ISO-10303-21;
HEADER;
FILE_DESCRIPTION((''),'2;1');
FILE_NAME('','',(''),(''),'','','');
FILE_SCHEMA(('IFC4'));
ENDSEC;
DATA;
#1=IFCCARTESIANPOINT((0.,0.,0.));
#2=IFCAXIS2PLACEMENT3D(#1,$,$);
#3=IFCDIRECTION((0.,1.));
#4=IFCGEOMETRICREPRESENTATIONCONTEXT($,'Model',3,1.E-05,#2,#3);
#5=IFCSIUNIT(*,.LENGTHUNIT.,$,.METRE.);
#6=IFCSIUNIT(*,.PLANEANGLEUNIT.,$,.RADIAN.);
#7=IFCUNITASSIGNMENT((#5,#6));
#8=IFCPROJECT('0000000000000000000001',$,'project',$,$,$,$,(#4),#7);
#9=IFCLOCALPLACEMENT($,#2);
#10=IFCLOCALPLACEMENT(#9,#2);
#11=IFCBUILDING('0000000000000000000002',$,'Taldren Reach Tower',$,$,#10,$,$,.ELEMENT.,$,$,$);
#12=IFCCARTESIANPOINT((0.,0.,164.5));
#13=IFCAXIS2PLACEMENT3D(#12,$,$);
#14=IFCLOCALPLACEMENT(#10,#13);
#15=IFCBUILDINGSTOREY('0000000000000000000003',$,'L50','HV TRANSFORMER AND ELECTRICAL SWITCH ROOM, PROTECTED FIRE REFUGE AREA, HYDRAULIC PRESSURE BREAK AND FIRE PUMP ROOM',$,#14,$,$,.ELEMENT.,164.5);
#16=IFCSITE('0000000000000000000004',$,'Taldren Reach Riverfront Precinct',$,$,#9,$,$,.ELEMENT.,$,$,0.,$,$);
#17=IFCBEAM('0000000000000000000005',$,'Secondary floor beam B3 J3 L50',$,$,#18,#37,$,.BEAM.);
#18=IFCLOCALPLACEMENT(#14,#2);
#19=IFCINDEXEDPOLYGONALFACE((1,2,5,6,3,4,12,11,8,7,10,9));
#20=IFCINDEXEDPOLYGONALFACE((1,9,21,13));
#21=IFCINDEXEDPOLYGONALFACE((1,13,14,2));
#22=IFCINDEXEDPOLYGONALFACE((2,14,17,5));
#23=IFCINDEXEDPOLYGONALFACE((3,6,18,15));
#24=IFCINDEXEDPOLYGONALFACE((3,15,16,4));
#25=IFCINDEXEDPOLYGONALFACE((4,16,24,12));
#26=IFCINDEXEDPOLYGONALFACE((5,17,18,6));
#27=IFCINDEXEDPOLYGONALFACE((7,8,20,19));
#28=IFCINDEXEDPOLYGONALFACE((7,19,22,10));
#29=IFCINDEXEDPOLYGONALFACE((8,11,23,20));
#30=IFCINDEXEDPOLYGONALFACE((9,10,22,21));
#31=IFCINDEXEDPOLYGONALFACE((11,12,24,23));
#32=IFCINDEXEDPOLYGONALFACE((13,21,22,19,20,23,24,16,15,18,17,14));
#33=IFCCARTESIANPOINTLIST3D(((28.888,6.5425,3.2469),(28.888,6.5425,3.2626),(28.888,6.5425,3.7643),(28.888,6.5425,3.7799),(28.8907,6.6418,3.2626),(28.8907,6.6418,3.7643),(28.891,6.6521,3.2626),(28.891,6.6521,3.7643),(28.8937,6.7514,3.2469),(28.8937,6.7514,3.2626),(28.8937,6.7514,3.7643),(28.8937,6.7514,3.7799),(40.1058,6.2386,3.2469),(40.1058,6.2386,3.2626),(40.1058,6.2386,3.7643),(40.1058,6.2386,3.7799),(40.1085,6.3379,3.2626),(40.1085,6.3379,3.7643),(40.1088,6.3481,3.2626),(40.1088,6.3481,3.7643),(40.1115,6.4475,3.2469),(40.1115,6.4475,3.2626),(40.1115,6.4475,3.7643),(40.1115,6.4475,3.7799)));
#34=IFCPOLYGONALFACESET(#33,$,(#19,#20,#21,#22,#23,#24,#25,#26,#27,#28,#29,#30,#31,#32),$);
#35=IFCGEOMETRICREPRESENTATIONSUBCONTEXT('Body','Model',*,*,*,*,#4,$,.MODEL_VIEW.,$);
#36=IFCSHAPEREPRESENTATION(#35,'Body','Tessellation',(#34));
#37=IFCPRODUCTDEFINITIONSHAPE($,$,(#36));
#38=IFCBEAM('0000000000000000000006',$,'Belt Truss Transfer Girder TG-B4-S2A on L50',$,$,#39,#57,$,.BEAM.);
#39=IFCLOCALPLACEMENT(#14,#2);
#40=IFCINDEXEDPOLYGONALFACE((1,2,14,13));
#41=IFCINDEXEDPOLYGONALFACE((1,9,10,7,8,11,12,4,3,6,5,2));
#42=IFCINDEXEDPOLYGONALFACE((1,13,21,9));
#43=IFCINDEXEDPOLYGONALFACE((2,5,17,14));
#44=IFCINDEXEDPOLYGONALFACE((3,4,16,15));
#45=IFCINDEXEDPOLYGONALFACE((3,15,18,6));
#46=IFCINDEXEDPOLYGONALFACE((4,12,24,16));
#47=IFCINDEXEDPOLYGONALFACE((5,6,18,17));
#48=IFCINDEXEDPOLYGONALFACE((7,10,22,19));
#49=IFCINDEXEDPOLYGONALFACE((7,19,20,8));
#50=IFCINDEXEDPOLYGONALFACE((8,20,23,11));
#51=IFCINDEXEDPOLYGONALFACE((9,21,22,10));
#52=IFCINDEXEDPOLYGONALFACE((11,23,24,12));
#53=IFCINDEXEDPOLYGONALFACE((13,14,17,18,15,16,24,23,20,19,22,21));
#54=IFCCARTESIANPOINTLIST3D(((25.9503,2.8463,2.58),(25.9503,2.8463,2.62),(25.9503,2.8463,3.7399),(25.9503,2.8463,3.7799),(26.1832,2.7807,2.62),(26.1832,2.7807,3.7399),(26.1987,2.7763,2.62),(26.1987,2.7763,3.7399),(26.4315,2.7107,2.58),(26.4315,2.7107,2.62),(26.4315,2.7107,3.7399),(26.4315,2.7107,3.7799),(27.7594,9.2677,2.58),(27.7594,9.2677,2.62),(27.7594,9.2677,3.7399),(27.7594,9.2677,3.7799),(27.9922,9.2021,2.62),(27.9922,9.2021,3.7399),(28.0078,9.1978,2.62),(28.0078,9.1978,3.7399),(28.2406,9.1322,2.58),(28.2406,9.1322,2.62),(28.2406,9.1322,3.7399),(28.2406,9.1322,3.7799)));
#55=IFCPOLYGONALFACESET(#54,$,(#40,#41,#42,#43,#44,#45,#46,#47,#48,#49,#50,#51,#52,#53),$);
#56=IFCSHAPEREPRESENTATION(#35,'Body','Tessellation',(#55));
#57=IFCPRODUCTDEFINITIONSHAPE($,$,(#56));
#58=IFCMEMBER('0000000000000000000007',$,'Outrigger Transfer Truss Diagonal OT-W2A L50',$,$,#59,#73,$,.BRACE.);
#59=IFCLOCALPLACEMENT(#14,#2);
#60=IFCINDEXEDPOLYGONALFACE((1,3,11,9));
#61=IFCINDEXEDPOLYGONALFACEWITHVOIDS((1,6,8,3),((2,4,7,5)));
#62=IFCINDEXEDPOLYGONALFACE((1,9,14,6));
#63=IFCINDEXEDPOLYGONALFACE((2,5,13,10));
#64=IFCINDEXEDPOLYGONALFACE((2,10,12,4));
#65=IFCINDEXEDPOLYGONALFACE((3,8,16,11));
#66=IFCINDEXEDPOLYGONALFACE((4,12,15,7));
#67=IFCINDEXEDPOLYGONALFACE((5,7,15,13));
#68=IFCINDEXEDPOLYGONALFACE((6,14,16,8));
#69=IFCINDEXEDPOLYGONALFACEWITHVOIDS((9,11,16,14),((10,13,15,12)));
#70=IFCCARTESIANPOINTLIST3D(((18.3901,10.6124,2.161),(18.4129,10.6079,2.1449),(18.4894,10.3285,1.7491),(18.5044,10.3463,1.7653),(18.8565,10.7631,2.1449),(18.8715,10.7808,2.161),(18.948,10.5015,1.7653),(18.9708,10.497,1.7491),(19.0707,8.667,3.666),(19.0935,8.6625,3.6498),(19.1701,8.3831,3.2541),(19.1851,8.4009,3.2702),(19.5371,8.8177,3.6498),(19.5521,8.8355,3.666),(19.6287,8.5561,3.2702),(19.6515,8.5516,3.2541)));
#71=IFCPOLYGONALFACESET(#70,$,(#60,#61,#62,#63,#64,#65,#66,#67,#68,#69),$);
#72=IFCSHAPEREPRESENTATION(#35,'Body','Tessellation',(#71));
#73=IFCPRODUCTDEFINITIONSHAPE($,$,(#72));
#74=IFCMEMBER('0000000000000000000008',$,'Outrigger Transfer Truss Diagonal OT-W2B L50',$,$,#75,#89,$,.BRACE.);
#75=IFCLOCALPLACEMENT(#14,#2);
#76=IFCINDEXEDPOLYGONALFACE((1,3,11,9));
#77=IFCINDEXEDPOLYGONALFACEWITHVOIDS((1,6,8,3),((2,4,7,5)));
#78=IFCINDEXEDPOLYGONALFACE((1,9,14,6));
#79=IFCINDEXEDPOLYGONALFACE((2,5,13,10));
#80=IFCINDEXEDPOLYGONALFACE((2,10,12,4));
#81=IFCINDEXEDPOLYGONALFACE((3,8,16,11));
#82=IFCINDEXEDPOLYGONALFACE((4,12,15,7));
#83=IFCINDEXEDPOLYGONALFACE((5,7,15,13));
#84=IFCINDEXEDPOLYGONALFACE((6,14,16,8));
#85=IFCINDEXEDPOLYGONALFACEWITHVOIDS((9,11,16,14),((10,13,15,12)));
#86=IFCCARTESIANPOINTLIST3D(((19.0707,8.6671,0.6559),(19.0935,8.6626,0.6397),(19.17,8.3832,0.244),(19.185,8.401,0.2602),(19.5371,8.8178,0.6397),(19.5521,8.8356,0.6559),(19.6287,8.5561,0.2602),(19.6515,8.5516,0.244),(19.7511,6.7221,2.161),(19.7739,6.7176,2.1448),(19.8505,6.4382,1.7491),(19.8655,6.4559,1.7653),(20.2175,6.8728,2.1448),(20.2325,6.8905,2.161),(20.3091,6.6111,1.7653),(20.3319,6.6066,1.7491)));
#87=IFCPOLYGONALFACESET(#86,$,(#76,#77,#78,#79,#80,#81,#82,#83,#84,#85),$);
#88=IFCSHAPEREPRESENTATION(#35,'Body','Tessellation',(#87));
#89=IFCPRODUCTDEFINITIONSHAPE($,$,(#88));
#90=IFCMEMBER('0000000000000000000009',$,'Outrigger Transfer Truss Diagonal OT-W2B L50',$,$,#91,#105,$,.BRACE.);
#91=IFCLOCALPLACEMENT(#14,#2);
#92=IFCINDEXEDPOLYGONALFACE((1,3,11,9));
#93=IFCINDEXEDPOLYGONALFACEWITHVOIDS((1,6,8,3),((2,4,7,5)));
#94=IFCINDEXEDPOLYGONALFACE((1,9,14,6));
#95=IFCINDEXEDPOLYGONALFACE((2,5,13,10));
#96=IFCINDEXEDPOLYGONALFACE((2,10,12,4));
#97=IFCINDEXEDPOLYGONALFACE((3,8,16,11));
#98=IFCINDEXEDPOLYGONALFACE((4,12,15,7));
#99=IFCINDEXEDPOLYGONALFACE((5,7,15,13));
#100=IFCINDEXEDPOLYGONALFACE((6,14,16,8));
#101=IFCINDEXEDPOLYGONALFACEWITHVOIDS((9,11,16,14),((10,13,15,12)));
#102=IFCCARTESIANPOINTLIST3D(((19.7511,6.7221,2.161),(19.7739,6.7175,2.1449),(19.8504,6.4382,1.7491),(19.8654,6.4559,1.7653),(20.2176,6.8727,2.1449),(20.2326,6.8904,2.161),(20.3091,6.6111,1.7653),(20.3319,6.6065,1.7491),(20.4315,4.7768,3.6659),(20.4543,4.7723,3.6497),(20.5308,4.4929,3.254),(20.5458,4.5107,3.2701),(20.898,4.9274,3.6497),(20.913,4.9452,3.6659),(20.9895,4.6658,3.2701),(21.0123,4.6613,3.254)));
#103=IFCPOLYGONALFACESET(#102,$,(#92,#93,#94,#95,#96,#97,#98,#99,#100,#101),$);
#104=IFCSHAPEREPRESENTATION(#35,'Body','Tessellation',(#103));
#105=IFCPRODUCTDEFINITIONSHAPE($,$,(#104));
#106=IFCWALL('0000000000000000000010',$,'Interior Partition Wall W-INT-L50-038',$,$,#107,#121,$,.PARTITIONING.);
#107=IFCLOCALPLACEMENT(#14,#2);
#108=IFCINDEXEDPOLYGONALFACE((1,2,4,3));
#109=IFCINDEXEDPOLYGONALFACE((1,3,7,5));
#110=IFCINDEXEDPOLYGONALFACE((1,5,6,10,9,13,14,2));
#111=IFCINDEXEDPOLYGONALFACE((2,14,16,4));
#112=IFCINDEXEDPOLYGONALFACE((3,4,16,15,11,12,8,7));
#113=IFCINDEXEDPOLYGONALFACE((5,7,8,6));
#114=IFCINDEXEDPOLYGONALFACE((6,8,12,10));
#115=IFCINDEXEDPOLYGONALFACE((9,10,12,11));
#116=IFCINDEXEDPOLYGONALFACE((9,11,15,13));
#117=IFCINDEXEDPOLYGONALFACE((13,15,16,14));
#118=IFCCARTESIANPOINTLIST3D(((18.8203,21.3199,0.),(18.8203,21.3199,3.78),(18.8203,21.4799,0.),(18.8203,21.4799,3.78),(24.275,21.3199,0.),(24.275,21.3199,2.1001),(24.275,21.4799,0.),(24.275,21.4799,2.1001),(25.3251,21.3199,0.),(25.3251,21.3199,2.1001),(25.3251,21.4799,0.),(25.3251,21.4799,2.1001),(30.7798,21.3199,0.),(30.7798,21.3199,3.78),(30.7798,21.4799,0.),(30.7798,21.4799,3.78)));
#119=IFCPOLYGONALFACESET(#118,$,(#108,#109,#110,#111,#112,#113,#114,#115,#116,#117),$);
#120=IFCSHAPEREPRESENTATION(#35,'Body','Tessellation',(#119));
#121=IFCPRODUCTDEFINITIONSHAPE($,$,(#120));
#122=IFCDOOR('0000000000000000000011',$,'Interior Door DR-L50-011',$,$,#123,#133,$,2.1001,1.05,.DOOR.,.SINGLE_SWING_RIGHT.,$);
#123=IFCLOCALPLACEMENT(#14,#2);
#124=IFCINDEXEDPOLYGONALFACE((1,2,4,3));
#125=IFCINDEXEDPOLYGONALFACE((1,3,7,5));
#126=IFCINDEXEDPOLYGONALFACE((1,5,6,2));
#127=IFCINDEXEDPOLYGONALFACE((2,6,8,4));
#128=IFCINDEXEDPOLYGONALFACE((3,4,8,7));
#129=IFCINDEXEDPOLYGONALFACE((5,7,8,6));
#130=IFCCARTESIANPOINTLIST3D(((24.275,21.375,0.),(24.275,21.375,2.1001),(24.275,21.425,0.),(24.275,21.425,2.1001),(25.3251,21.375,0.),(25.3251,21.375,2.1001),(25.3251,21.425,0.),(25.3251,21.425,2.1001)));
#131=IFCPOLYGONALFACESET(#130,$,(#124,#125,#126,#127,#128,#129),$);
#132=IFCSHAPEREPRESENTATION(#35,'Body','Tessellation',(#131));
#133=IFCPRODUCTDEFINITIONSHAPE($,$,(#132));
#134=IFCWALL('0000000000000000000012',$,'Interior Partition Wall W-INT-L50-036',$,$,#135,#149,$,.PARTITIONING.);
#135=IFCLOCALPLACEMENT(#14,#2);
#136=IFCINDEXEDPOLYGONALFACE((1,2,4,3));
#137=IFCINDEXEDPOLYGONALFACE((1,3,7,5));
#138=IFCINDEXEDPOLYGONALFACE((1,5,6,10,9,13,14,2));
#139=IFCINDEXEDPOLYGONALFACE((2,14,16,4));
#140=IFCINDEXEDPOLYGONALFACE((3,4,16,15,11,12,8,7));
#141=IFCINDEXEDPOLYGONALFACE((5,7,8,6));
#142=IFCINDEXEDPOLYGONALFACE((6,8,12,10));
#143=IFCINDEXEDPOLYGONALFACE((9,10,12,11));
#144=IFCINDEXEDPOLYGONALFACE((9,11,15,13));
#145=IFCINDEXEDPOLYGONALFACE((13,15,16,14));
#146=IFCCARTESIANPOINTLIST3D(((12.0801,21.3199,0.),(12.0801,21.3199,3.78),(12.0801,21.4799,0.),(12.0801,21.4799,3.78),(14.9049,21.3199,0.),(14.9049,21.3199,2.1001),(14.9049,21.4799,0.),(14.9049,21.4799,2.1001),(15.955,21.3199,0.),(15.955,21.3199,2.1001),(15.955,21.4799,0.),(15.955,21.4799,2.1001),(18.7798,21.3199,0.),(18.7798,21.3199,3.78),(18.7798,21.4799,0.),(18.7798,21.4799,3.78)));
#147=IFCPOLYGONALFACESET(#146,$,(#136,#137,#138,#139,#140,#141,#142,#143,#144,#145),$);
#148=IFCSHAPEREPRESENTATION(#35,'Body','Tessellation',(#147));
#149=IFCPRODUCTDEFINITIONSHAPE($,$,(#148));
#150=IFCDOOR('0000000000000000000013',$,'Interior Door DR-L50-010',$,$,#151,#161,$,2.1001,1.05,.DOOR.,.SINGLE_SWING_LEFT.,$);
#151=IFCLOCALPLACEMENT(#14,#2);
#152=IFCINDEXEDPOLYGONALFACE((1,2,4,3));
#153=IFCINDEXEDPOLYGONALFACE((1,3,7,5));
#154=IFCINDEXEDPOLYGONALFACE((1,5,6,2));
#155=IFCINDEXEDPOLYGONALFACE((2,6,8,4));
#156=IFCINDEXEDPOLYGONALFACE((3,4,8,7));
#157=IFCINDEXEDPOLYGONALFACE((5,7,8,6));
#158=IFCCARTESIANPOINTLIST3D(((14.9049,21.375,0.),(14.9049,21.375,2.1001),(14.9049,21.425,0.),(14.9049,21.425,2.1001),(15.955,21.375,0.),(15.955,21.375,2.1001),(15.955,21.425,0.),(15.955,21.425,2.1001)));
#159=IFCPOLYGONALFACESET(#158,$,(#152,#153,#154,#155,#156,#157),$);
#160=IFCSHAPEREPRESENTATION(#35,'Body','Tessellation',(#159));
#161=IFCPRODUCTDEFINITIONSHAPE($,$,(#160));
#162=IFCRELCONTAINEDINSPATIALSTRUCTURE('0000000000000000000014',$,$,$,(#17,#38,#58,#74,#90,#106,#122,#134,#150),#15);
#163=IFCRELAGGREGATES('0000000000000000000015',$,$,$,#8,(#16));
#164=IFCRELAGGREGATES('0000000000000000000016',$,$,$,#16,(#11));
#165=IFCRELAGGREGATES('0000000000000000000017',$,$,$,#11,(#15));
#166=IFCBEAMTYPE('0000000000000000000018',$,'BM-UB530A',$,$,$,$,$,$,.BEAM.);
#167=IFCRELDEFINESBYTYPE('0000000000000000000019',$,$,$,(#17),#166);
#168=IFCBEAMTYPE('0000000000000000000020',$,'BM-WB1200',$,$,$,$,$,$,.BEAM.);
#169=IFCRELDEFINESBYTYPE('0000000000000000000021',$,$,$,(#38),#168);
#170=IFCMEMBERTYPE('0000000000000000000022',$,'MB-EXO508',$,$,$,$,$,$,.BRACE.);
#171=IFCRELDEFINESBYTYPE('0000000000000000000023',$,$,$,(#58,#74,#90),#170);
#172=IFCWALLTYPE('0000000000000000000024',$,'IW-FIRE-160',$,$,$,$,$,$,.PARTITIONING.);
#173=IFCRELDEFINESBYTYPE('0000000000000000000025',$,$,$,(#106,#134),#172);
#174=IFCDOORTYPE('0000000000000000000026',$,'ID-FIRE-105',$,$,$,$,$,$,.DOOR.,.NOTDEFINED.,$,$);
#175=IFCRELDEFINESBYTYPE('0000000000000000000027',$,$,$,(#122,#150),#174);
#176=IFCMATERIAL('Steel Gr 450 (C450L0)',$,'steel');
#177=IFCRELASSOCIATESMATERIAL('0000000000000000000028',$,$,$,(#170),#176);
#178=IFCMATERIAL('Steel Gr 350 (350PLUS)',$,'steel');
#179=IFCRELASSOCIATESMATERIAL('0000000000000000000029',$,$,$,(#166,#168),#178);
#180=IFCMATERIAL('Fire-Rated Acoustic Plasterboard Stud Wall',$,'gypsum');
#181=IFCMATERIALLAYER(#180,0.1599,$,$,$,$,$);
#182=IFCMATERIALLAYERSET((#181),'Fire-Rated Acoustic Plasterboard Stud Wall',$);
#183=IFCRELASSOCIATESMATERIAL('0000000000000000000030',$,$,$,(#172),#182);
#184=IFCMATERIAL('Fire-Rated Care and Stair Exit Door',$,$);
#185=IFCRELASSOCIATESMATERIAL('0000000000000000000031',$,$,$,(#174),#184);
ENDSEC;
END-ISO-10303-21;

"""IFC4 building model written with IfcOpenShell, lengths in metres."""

from ifc_helpers import new_model, si_unit, direction, frame, frame_2d, origin, origin_2d, place, context, subcontext, project, spatial, rectangle, hollow_rectangle, i_section, extrude, source, transform, mapped, material, layer, layer_set, material_profile, profile_set, type_object, element, fill, save


model = new_model("IFC4")

# Units and contexts
model_context = context("Model", 3, precision=1e-05, world=origin(), true_north=direction((0.0, 1.0)))
body_context = subcontext(model_context, "Body", "Model", "MODEL_VIEW")
ifc_project = project(units=[si_unit("LENGTHUNIT", "METRE"), si_unit("PLANEANGLEUNIT", "RADIAN")], contexts=[model_context])

# Site, building, storey
site_placement = place(None, origin())
site = spatial("IfcSite", under=ifc_project, at=site_placement, Name="Taldren Reach Riverfront Precinct", CompositionType="ELEMENT", RefElevation=0.0)
building_placement = place(site_placement, origin())
building = spatial("IfcBuilding", under=site, at=building_placement, Name="Taldren Reach Tower", CompositionType="ELEMENT")
storey_placement = place(building_placement, frame((0.0, 0.0, 164.5)))
storey = spatial("IfcBuildingStorey", under=building, at=storey_placement, Name="L50", Description="HV TRANSFORMER AND ELECTRICAL SWITCH ROOM, PROTECTED FIRE REFUGE AREA, HYDRAULIC PRESSURE BREAK AND FIRE PUMP ROOM", CompositionType="ELEMENT", Elevation=164.5)

# Shared definitions
ifc_material_1 = material(Name="Steel Gr 350 (350PLUS)", Category="steel")

# Shared definitions
ifc_material_2 = material(Name="Steel Gr 450 (C450L0)", Category="steel")
ifc_material_profile_1 = material_profile(ifc_material_2, hollow_rectangle(XDim=0.51, YDim=0.51, WallThickness=0.02, at=origin_2d()), Name="510x510x20.0SHS")
ifc_profile_set_1 = profile_set([ifc_material_profile_1], Name="Steel Gr 450 (C450L0)")
member_type_1 = type_object("IfcMemberType", Name="MB-EXO508", PredefinedType="BRACE", material=ifc_profile_set_1)

# Beams
ifc_material_profile_2 = material_profile(ifc_material_1, i_section(OverallWidth=0.209, OverallDepth=0.533, WebThickness=0.0103, FlangeThickness=0.0156, at=origin_2d()), Name="530UB92.4")
ifc_profile_set_2 = profile_set([ifc_material_profile_2], Name="Steel Gr 350 (350PLUS)")
beam_type_1 = type_object("IfcBeamType", Name="BM-UB530A", PredefinedType="BEAM", material=ifc_profile_set_2)
shared_shape_1 = source(origin(), body_context, "Body", "SweptSolid", [
    extrude(i_section(OverallWidth=0.209, OverallDepth=0.533, WebThickness=0.0103, FlangeThickness=0.0156, at=origin_2d()), origin(), (0.0, 0.0, 1.0), 11.2219),
])
beam_1_placement = place(storey_placement, frame((28.8909, 6.647, 3.5134), z_axis=(0.999633, -0.027086, 0.0), x_axis=(0.027086, 0.999633, 0.0)))
element("IfcBeam", 1, at=beam_1_placement, inside=storey, type_object=beam_type_1, Name="Secondary floor beam B3 J3 L50", PredefinedType="BEAM", context=body_context, shape_type="MappedRepresentation", body=[
    mapped(shared_shape_1, transform((0.0, 0.0, 0.0), scale=1.0)),
])
ifc_material_profile_3 = material_profile(ifc_material_1, i_section(OverallWidth=0.5, OverallDepth=1.2, WebThickness=0.0161, FlangeThickness=0.04, at=origin_2d()), Name="1200WB455")
ifc_profile_set_3 = profile_set([ifc_material_profile_3], Name="Steel Gr 350 (350PLUS)")
beam_type_2 = type_object("IfcBeamType", Name="BM-WB1200", PredefinedType="BEAM", material=ifc_profile_set_3)
shared_shape_2 = source(origin(), body_context, "Body", "SweptSolid", [
    extrude(i_section(OverallWidth=0.5, OverallDepth=1.2, WebThickness=0.0161, FlangeThickness=0.04, at=origin_2d()), origin(), (0.0, 0.0, 1.0), 6.6714),
])
beam_2_placement = place(storey_placement, frame((28.0, 9.2, 3.1799), z_axis=(-0.271172, -0.962531, 0.0), x_axis=(0.962531, -0.271172, 0.0)))
element("IfcBeam", 2, at=beam_2_placement, inside=storey, type_object=beam_type_2, Name="Belt Truss Transfer Girder TG-B4-S2A on L50", PredefinedType="BEAM", context=body_context, shape_type="MappedRepresentation", body=[
    mapped(shared_shape_2, transform((0.0, 0.0, 0.0), scale=1.0)),
])

# Members
shared_shape_3 = source(origin(), body_context, "Body", "SweptSolid", [
    extrude(hollow_rectangle(XDim=0.51, YDim=0.51, WallThickness=0.02, at=origin_2d()), origin(), (0.0, 0.0, 1.0), 2.552),
])
member_1_placement = place(storey_placement, frame((18.6804, 10.5547, 1.9551), z_axis=(0.266728, -0.762298, 0.58971), x_axis=(0.943888, 0.330266, 0.0)))
element("IfcMember", 3, at=member_1_placement, inside=storey, type_object=member_type_1, Name="Outrigger Transfer Truss Diagonal OT-W2A L50", PredefinedType="BRACE", context=body_context, shape_type="MappedRepresentation", body=[
    mapped(shared_shape_3, transform((0.0, 0.0, 0.0), scale=1.0)),
])
shared_shape_4 = source(origin(), body_context, "Body", "SweptSolid", [
    extrude(hollow_rectangle(XDim=0.51, YDim=0.51, WallThickness=0.02, at=origin_2d()), origin(), (0.0, 0.0, 1.0), 2.5518),
])
for number, where, z_axis, x_axis, name in (
    (4, (19.3611, 8.6094, 0.45), (0.266643, -0.762235, 0.58983), (0.943912, 0.330197, 0.0), "Outrigger Transfer Truss Diagonal OT-W2B L50"),
    (5, (20.0415, 6.6643, 1.9551), (0.266639, -0.762318, 0.589725), (0.943925, 0.33016, 0.0), "Outrigger Transfer Truss Diagonal OT-W2B L50"),
):
    element("IfcMember", number, at=place(storey_placement, frame(where, z_axis=z_axis, x_axis=x_axis)), inside=storey, type_object=member_type_1, Name=name, PredefinedType="BRACE", context=body_context, shape_type="MappedRepresentation", body=[
        mapped(shared_shape_4, transform((0.0, 0.0, 0.0), scale=1.0)),
    ])

# Walls, openings, doors
ifc_material_3 = material(Name="Fire-Rated Acoustic Plasterboard Stud Wall", Category="gypsum")
ifc_layer = layer(ifc_material_3, 0.1599)
ifc_layer_set = layer_set([ifc_layer], Name="Fire-Rated Acoustic Plasterboard Stud Wall")
wall_type = type_object("IfcWallType", Name="IW-FIRE-160", PredefinedType="PARTITIONING", material=ifc_layer_set)
shared_shape_5 = source(origin(), body_context, "Body", "SweptSolid", [
    extrude(rectangle(XDim=11.9595, YDim=0.1599, at=frame_2d((5.9797, 0.0))), origin(), (0.0, 0.0, 1.0), 3.78),
])
wall_1_placement = place(storey_placement, frame((30.7798, 21.3999, 0.0), z_axis=(0.0, 0.0, 1.0), x_axis=(-1.0, 0.0, 0.0)))
wall_1 = element("IfcWall", 6, at=wall_1_placement, inside=storey, type_object=wall_type, Name="Interior Partition Wall W-INT-L50-038", PredefinedType="PARTITIONING", context=body_context, shape_type="MappedRepresentation", body=[
    mapped(shared_shape_5, transform((0.0, 0.0, 0.0), scale=1.0)),
])
shared_shape_6 = source(origin(), body_context, "Body", "SweptSolid", [
    extrude(rectangle(XDim=1.05, YDim=2.1001, at=frame_2d((0.5249, 1.05))), frame((0.0, 0.0898, 0.0), z_axis=(0.0, -1.0, 0.0), x_axis=(1.0, 0.0, 0.0)), (0.0, 0.0, 1.0), 0.1799),
])
opening_1_placement = place(wall_1_placement, frame((5.4548, 0.0, 0.0)))
opening_1 = element("IfcOpeningElement", 7, at=opening_1_placement, cuts=wall_1, PredefinedType="OPENING", context=body_context, shape_type="MappedRepresentation", body=[
    mapped(shared_shape_6, transform((0.0, 0.0, 0.0), scale=1.0)),
])
ifc_material_4 = material(Name="Fire-Rated Care and Stair Exit Door")
door_type = type_object("IfcDoorType", Name="ID-FIRE-105", OperationType="NOTDEFINED", PredefinedType="DOOR", material=ifc_material_4)
shared_shape_7 = source(origin(), body_context, "Body", "SweptSolid", [
    extrude(rectangle(XDim=1.05, YDim=2.1001, at=frame_2d((0.5249, 1.05))), frame((0.0, 0.0249, 0.0), z_axis=(0.0, -1.0, 0.0), x_axis=(1.0, 0.0, 0.0)), (0.0, 0.0, 1.0), 0.05),
])
door_1_placement = place(opening_1_placement, origin())
door_1 = element("IfcDoor", 8, at=door_1_placement, inside=storey, type_object=door_type, Name="Interior Door DR-L50-011", OperationType="SINGLE_SWING_RIGHT", OverallHeight=2.1001, OverallWidth=1.05, PredefinedType="DOOR", context=body_context, shape_type="MappedRepresentation", body=[
    mapped(shared_shape_7, transform((0.0, 0.0, 0.0), scale=1.0)),
])
fill(opening_1, door_1)
shared_shape_8 = source(origin(), body_context, "Body", "SweptSolid", [
    extrude(rectangle(XDim=6.6997, YDim=0.1599, at=frame_2d((3.3499, 0.0))), origin(), (0.0, 0.0, 1.0), 3.78),
])
wall_2_placement = place(storey_placement, frame((18.7798, 21.3999, 0.0), z_axis=(0.0, 0.0, 1.0), x_axis=(-1.0, 0.0, 0.0)))
wall_2 = element("IfcWall", 9, at=wall_2_placement, inside=storey, type_object=wall_type, Name="Interior Partition Wall W-INT-L50-036", PredefinedType="PARTITIONING", context=body_context, shape_type="MappedRepresentation", body=[
    mapped(shared_shape_8, transform((0.0, 0.0, 0.0), scale=1.0)),
])
opening_2_placement = place(wall_2_placement, frame((2.825, 0.0, 0.0)))
opening_2 = element("IfcOpeningElement", 10, at=opening_2_placement, cuts=wall_2, PredefinedType="OPENING", context=body_context, shape_type="MappedRepresentation", body=[
    mapped(shared_shape_6, transform((0.0, 0.0, 0.0), scale=1.0)),
])
door_2_placement = place(opening_2_placement, origin())
door_2 = element("IfcDoor", 11, at=door_2_placement, inside=storey, type_object=door_type, Name="Interior Door DR-L50-010", OperationType="SINGLE_SWING_LEFT", OverallHeight=2.1001, OverallWidth=1.05, PredefinedType="DOOR", context=body_context, shape_type="MappedRepresentation", body=[
    mapped(shared_shape_7, transform((0.0, 0.0, 0.0), scale=1.0)),
])
fill(opening_2, door_2)

save(model, "model.ifc")
